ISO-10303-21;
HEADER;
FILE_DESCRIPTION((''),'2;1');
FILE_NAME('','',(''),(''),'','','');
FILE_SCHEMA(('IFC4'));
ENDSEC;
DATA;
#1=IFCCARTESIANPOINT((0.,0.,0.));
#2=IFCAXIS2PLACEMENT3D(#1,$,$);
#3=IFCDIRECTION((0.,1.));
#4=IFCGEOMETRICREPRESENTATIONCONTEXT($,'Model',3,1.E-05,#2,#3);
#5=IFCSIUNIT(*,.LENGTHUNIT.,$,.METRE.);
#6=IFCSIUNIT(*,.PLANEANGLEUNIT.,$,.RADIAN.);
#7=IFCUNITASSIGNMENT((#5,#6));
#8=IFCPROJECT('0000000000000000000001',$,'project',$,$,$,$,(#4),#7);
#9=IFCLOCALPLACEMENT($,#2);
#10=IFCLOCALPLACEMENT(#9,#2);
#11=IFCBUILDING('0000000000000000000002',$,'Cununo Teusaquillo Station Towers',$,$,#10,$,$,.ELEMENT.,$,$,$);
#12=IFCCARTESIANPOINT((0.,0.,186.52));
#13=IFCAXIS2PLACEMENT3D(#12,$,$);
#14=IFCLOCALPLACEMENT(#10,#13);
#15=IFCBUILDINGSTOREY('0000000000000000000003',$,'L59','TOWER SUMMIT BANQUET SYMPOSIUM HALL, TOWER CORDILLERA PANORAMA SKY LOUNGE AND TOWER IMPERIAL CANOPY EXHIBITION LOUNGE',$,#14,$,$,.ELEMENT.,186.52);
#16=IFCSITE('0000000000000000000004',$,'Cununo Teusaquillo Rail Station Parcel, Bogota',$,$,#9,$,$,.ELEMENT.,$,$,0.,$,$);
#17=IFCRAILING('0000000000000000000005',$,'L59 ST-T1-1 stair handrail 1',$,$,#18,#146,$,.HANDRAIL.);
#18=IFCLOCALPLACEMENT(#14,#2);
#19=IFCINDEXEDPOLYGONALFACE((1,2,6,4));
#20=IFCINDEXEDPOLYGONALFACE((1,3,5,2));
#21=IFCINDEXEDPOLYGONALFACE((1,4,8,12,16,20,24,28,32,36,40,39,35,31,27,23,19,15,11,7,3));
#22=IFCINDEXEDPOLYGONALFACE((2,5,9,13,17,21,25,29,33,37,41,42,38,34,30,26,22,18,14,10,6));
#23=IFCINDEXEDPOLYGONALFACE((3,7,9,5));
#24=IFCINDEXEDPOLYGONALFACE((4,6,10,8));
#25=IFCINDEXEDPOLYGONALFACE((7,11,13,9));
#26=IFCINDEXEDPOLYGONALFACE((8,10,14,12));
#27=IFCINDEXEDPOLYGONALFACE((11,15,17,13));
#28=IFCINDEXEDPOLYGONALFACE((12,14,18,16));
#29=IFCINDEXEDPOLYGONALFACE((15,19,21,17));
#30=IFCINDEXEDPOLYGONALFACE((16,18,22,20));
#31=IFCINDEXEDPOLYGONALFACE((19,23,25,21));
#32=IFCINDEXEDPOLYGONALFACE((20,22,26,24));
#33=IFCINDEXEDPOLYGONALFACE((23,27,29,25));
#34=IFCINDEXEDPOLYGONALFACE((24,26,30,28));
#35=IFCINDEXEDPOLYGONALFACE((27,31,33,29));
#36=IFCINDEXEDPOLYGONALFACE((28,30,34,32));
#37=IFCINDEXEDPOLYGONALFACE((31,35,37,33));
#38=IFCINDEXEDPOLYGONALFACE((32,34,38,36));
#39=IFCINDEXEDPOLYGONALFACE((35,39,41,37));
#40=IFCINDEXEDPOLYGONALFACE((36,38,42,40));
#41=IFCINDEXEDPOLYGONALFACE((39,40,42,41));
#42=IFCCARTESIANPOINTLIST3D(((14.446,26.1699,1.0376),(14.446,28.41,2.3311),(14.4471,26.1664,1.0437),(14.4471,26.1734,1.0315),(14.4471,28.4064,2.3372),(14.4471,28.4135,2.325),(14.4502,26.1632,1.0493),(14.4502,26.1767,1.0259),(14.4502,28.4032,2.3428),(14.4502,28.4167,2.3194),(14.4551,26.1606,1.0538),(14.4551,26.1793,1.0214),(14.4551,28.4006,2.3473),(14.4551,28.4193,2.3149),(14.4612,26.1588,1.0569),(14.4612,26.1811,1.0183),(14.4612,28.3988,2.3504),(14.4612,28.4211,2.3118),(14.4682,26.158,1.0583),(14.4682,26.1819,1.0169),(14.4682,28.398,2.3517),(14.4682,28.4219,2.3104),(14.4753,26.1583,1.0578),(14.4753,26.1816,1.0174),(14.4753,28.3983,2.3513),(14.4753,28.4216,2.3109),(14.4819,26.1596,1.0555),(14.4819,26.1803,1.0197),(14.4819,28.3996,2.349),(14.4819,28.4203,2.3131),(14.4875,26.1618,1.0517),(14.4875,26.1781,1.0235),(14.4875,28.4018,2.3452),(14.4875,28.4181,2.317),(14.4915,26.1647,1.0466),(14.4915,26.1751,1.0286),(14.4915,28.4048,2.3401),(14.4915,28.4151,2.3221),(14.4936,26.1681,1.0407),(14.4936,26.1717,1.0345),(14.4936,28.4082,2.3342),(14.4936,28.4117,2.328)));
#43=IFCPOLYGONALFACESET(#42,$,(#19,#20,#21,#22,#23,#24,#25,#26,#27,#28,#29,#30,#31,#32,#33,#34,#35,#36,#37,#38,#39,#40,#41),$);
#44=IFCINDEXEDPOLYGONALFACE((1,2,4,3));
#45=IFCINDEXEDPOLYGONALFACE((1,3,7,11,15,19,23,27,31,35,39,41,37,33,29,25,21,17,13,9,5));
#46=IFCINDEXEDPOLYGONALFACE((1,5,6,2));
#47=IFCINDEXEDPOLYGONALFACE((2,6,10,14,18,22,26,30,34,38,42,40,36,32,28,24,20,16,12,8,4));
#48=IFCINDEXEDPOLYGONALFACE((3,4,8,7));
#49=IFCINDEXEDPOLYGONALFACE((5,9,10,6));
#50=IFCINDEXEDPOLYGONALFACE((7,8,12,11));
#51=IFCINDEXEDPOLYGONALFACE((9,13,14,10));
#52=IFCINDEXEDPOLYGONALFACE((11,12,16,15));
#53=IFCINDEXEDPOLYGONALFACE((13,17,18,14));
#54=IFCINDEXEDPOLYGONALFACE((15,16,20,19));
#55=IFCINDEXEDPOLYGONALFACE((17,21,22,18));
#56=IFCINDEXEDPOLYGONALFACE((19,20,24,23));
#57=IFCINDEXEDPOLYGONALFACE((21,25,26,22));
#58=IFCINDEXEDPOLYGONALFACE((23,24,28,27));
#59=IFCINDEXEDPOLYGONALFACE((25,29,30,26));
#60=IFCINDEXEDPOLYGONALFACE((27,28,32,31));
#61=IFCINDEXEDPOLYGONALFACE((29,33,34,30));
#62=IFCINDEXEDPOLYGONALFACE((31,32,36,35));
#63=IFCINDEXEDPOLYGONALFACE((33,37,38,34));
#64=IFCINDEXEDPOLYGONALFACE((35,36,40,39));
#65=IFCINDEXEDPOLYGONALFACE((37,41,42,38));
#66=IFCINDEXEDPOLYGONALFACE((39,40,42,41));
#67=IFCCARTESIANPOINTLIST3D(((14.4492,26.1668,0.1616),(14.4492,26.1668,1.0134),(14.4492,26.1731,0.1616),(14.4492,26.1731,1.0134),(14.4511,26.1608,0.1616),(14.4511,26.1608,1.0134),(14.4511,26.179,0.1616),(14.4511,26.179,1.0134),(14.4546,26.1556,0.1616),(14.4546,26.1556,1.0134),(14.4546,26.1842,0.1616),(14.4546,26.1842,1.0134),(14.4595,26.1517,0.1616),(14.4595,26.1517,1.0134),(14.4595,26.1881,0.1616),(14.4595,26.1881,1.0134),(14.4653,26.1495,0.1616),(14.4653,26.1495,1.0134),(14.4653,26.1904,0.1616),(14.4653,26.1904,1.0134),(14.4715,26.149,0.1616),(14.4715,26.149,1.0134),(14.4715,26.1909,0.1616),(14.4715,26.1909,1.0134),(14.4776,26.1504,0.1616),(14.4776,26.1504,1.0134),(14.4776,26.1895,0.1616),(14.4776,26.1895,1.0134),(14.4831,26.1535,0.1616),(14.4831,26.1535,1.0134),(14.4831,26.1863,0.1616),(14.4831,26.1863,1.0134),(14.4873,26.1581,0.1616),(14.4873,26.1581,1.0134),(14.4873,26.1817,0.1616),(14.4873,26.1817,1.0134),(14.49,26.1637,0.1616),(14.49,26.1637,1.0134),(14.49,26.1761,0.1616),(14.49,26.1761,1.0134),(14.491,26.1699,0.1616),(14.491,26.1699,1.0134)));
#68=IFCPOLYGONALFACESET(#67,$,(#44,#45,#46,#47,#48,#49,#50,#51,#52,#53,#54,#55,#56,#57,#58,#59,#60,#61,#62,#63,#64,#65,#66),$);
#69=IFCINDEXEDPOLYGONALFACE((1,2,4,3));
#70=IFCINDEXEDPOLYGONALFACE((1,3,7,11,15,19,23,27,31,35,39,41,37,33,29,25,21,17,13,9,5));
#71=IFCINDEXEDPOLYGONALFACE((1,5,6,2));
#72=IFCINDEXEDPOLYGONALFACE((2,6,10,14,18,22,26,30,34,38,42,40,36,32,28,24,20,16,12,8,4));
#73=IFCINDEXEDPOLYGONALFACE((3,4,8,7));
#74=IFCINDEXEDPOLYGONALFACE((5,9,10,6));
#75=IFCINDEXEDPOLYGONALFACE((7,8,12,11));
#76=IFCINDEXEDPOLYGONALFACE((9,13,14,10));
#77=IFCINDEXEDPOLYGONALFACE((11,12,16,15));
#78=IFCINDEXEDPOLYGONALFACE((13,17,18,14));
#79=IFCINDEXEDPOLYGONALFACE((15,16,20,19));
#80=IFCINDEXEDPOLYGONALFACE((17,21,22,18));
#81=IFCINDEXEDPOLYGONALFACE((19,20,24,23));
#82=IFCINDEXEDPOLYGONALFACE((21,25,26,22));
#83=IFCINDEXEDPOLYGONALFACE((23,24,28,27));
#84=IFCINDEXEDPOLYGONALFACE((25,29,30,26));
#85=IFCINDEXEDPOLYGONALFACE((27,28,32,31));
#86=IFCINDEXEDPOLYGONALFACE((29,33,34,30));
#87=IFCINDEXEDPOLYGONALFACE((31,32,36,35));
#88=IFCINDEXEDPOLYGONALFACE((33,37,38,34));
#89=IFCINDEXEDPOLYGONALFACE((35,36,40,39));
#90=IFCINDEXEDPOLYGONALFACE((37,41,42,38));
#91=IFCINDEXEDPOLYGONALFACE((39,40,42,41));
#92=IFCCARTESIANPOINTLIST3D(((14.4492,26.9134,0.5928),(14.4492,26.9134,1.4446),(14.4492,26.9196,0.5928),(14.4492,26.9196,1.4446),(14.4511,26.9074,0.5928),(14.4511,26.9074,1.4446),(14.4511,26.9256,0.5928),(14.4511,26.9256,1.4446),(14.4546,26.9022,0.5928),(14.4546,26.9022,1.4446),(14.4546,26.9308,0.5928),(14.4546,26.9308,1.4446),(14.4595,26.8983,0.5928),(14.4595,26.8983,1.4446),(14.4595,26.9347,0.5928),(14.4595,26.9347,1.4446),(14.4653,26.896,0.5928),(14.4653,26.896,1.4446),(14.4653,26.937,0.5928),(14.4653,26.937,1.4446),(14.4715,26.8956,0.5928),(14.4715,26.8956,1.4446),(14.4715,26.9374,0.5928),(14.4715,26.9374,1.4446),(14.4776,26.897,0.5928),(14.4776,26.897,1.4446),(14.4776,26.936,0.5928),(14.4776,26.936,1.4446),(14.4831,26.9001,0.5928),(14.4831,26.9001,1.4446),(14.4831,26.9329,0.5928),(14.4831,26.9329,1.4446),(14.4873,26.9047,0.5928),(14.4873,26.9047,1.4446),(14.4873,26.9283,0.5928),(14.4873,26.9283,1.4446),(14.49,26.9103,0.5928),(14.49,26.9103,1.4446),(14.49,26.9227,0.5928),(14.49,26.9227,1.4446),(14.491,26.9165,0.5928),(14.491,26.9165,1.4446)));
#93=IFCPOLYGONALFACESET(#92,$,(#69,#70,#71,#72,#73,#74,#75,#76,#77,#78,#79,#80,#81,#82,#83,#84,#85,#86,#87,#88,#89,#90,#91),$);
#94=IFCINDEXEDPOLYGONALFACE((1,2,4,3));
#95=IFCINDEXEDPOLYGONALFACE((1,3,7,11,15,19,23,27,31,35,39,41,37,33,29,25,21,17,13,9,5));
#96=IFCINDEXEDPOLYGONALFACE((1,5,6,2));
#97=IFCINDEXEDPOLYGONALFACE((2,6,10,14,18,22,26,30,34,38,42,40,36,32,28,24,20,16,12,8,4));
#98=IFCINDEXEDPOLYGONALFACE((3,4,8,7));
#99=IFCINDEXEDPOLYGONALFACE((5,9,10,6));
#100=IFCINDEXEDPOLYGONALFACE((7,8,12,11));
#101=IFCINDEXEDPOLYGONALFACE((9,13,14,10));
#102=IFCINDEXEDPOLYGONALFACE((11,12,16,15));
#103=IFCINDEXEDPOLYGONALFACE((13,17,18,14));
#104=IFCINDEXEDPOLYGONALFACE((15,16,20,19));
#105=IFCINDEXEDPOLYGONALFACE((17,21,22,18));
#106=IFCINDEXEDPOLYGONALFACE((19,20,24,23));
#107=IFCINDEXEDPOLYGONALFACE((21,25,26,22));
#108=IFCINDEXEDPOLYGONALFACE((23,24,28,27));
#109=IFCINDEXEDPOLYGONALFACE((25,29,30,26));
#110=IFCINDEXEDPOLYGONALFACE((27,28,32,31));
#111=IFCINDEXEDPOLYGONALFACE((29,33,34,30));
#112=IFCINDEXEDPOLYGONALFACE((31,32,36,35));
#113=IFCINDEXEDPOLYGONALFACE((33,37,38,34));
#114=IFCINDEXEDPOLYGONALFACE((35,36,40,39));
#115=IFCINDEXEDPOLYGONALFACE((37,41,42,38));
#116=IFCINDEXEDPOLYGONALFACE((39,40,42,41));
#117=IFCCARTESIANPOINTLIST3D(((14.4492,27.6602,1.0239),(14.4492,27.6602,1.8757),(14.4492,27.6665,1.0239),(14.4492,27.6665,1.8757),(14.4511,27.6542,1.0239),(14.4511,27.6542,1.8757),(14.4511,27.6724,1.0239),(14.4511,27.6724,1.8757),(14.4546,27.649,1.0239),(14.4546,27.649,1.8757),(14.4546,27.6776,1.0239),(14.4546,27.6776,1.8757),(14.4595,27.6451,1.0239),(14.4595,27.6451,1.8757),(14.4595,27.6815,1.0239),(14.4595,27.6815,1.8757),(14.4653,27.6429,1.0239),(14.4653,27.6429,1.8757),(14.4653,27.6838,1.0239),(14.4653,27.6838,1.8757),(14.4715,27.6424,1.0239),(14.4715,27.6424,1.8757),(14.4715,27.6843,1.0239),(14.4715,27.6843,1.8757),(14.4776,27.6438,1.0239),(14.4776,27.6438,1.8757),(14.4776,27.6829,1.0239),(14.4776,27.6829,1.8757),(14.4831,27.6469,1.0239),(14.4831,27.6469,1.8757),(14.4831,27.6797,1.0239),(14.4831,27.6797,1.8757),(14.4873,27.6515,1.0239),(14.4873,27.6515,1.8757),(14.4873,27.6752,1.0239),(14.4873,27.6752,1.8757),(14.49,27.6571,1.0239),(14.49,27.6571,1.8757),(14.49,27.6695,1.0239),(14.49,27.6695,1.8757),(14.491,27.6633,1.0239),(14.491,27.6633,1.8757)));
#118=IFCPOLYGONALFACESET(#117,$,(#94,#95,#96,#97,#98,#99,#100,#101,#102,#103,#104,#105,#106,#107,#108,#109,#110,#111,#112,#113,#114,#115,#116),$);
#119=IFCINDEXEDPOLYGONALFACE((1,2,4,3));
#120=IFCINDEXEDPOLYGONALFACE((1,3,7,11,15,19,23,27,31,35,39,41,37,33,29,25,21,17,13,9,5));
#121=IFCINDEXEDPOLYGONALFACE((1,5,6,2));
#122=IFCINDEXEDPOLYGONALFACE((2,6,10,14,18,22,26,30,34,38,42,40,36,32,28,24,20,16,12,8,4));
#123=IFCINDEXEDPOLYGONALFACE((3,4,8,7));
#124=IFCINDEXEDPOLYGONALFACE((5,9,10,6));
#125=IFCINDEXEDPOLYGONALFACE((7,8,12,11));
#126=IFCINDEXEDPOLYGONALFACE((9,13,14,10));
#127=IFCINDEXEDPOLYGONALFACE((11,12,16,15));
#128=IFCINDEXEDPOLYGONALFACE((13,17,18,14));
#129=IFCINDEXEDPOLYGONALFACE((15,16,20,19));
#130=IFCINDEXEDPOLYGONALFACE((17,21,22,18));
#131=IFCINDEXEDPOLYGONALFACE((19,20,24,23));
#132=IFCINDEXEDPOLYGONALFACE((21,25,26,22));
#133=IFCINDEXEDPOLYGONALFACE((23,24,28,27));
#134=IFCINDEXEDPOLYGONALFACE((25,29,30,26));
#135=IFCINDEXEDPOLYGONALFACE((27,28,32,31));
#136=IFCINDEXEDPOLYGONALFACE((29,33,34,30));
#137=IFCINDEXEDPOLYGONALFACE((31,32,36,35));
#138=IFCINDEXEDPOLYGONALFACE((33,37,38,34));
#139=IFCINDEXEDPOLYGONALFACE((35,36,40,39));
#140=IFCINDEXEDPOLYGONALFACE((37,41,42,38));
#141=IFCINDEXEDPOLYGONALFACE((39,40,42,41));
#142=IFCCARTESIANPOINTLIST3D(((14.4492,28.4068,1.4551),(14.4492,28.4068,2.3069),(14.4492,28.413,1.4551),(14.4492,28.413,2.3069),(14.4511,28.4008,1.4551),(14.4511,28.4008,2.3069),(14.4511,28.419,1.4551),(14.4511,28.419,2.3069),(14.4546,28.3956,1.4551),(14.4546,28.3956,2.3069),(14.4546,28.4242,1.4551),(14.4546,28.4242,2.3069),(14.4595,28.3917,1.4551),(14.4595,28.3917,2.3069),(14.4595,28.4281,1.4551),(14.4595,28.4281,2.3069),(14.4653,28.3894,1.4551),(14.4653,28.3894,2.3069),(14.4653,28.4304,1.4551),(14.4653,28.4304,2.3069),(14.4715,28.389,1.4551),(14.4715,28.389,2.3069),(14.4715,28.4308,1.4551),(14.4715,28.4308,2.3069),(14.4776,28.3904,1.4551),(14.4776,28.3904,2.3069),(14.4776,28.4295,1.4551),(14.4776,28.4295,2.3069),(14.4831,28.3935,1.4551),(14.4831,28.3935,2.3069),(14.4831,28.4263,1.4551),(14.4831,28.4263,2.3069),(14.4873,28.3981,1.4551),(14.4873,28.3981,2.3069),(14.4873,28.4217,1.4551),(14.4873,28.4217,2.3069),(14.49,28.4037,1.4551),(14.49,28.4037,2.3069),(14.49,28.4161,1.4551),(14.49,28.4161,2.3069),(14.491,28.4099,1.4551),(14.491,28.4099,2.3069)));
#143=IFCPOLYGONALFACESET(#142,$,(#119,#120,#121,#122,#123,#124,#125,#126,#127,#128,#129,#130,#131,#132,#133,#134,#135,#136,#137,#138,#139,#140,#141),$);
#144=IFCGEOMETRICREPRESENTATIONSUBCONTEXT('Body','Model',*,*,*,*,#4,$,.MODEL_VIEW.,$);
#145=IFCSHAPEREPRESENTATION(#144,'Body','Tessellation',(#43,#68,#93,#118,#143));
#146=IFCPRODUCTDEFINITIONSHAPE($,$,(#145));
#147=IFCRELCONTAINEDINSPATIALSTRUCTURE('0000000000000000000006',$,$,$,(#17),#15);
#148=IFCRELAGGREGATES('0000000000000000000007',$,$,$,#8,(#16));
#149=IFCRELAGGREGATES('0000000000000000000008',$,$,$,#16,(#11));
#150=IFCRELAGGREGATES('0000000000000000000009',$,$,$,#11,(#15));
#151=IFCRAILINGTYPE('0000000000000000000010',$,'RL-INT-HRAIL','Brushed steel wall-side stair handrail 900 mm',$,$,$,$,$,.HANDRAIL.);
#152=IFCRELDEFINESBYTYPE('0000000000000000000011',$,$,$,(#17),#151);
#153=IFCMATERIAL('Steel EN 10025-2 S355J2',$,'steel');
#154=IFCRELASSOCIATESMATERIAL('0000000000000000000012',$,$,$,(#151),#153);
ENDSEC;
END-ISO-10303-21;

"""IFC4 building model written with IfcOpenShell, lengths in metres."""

from ifc_helpers import new_model, si_unit, direction, frame, origin, origin_2d, place, context, subcontext, project, spatial, circle, extrude, material, type_object, element, save


model = new_model("IFC4")

# Units and contexts
model_context = context("Model", 3, precision=1e-05, world=origin(), true_north=direction((0.0, 1.0)))
body_context = subcontext(model_context, "Body", "Model", "MODEL_VIEW")
ifc_project = project(units=[si_unit("LENGTHUNIT", "METRE"), si_unit("PLANEANGLEUNIT", "RADIAN")], contexts=[model_context])

# Site, building, storey
site_placement = place(None, origin())
site = spatial("IfcSite", under=ifc_project, at=site_placement, Name="Cununo Teusaquillo Rail Station Parcel, Bogota", CompositionType="ELEMENT", RefElevation=0.0)
building_placement = place(site_placement, origin())
building = spatial("IfcBuilding", under=site, at=building_placement, Name="Cununo Teusaquillo Station Towers", CompositionType="ELEMENT")
storey_placement = place(building_placement, frame((0.0, 0.0, 186.52)))
storey = spatial("IfcBuildingStorey", under=building, at=storey_placement, Name="L59", Description="TOWER SUMMIT BANQUET SYMPOSIUM HALL, TOWER CORDILLERA PANORAMA SKY LOUNGE AND TOWER IMPERIAL CANOPY EXHIBITION LOUNGE", CompositionType="ELEMENT", Elevation=186.52)

# Railing
ifc_material_1 = material(Name="Steel EN 10025-2 S355J2", Category="steel")
railing_type_1 = type_object("IfcRailingType", Name="RL-INT-HRAIL", Description="Brushed steel wall-side stair handrail 900 mm", PredefinedType="HANDRAIL", material=ifc_material_1)
railing_1_placement = place(storey_placement, frame((14.47, 26.1699, 0.1616)))
element("IfcRailing", 1, at=railing_1_placement, inside=storey, type_object=railing_type_1, Name="L59 ST-T1-1 stair handrail 1", PredefinedType="HANDRAIL", context=body_context, shape_type="SweptSolid", body=[
    extrude(circle(Radius=0.0239, at=origin_2d()), frame((0.0, 0.0, 0.876), z_axis=(0.0, 0.865992, 0.500057), x_axis=(-1.0, 0.0, 0.0)), (0.0, 0.0, 1.0), 2.5867),
    extrude(circle(Radius=0.021, at=origin_2d()), origin(), (0.0, 0.0, 1.0), 0.8518),
    extrude(circle(Radius=0.021, at=origin_2d()), frame((0.0, 0.7466, 0.4312)), (0.0, 0.0, 1.0), 0.8518),
    extrude(circle(Radius=0.021, at=origin_2d()), frame((0.0, 1.4934, 0.8623)), (0.0, 0.0, 1.0), 0.8518),
    extrude(circle(Radius=0.021, at=origin_2d()), frame((0.0, 2.24, 1.2935)), (0.0, 0.0, 1.0), 0.8518),
])

save(model, "model.ifc")
